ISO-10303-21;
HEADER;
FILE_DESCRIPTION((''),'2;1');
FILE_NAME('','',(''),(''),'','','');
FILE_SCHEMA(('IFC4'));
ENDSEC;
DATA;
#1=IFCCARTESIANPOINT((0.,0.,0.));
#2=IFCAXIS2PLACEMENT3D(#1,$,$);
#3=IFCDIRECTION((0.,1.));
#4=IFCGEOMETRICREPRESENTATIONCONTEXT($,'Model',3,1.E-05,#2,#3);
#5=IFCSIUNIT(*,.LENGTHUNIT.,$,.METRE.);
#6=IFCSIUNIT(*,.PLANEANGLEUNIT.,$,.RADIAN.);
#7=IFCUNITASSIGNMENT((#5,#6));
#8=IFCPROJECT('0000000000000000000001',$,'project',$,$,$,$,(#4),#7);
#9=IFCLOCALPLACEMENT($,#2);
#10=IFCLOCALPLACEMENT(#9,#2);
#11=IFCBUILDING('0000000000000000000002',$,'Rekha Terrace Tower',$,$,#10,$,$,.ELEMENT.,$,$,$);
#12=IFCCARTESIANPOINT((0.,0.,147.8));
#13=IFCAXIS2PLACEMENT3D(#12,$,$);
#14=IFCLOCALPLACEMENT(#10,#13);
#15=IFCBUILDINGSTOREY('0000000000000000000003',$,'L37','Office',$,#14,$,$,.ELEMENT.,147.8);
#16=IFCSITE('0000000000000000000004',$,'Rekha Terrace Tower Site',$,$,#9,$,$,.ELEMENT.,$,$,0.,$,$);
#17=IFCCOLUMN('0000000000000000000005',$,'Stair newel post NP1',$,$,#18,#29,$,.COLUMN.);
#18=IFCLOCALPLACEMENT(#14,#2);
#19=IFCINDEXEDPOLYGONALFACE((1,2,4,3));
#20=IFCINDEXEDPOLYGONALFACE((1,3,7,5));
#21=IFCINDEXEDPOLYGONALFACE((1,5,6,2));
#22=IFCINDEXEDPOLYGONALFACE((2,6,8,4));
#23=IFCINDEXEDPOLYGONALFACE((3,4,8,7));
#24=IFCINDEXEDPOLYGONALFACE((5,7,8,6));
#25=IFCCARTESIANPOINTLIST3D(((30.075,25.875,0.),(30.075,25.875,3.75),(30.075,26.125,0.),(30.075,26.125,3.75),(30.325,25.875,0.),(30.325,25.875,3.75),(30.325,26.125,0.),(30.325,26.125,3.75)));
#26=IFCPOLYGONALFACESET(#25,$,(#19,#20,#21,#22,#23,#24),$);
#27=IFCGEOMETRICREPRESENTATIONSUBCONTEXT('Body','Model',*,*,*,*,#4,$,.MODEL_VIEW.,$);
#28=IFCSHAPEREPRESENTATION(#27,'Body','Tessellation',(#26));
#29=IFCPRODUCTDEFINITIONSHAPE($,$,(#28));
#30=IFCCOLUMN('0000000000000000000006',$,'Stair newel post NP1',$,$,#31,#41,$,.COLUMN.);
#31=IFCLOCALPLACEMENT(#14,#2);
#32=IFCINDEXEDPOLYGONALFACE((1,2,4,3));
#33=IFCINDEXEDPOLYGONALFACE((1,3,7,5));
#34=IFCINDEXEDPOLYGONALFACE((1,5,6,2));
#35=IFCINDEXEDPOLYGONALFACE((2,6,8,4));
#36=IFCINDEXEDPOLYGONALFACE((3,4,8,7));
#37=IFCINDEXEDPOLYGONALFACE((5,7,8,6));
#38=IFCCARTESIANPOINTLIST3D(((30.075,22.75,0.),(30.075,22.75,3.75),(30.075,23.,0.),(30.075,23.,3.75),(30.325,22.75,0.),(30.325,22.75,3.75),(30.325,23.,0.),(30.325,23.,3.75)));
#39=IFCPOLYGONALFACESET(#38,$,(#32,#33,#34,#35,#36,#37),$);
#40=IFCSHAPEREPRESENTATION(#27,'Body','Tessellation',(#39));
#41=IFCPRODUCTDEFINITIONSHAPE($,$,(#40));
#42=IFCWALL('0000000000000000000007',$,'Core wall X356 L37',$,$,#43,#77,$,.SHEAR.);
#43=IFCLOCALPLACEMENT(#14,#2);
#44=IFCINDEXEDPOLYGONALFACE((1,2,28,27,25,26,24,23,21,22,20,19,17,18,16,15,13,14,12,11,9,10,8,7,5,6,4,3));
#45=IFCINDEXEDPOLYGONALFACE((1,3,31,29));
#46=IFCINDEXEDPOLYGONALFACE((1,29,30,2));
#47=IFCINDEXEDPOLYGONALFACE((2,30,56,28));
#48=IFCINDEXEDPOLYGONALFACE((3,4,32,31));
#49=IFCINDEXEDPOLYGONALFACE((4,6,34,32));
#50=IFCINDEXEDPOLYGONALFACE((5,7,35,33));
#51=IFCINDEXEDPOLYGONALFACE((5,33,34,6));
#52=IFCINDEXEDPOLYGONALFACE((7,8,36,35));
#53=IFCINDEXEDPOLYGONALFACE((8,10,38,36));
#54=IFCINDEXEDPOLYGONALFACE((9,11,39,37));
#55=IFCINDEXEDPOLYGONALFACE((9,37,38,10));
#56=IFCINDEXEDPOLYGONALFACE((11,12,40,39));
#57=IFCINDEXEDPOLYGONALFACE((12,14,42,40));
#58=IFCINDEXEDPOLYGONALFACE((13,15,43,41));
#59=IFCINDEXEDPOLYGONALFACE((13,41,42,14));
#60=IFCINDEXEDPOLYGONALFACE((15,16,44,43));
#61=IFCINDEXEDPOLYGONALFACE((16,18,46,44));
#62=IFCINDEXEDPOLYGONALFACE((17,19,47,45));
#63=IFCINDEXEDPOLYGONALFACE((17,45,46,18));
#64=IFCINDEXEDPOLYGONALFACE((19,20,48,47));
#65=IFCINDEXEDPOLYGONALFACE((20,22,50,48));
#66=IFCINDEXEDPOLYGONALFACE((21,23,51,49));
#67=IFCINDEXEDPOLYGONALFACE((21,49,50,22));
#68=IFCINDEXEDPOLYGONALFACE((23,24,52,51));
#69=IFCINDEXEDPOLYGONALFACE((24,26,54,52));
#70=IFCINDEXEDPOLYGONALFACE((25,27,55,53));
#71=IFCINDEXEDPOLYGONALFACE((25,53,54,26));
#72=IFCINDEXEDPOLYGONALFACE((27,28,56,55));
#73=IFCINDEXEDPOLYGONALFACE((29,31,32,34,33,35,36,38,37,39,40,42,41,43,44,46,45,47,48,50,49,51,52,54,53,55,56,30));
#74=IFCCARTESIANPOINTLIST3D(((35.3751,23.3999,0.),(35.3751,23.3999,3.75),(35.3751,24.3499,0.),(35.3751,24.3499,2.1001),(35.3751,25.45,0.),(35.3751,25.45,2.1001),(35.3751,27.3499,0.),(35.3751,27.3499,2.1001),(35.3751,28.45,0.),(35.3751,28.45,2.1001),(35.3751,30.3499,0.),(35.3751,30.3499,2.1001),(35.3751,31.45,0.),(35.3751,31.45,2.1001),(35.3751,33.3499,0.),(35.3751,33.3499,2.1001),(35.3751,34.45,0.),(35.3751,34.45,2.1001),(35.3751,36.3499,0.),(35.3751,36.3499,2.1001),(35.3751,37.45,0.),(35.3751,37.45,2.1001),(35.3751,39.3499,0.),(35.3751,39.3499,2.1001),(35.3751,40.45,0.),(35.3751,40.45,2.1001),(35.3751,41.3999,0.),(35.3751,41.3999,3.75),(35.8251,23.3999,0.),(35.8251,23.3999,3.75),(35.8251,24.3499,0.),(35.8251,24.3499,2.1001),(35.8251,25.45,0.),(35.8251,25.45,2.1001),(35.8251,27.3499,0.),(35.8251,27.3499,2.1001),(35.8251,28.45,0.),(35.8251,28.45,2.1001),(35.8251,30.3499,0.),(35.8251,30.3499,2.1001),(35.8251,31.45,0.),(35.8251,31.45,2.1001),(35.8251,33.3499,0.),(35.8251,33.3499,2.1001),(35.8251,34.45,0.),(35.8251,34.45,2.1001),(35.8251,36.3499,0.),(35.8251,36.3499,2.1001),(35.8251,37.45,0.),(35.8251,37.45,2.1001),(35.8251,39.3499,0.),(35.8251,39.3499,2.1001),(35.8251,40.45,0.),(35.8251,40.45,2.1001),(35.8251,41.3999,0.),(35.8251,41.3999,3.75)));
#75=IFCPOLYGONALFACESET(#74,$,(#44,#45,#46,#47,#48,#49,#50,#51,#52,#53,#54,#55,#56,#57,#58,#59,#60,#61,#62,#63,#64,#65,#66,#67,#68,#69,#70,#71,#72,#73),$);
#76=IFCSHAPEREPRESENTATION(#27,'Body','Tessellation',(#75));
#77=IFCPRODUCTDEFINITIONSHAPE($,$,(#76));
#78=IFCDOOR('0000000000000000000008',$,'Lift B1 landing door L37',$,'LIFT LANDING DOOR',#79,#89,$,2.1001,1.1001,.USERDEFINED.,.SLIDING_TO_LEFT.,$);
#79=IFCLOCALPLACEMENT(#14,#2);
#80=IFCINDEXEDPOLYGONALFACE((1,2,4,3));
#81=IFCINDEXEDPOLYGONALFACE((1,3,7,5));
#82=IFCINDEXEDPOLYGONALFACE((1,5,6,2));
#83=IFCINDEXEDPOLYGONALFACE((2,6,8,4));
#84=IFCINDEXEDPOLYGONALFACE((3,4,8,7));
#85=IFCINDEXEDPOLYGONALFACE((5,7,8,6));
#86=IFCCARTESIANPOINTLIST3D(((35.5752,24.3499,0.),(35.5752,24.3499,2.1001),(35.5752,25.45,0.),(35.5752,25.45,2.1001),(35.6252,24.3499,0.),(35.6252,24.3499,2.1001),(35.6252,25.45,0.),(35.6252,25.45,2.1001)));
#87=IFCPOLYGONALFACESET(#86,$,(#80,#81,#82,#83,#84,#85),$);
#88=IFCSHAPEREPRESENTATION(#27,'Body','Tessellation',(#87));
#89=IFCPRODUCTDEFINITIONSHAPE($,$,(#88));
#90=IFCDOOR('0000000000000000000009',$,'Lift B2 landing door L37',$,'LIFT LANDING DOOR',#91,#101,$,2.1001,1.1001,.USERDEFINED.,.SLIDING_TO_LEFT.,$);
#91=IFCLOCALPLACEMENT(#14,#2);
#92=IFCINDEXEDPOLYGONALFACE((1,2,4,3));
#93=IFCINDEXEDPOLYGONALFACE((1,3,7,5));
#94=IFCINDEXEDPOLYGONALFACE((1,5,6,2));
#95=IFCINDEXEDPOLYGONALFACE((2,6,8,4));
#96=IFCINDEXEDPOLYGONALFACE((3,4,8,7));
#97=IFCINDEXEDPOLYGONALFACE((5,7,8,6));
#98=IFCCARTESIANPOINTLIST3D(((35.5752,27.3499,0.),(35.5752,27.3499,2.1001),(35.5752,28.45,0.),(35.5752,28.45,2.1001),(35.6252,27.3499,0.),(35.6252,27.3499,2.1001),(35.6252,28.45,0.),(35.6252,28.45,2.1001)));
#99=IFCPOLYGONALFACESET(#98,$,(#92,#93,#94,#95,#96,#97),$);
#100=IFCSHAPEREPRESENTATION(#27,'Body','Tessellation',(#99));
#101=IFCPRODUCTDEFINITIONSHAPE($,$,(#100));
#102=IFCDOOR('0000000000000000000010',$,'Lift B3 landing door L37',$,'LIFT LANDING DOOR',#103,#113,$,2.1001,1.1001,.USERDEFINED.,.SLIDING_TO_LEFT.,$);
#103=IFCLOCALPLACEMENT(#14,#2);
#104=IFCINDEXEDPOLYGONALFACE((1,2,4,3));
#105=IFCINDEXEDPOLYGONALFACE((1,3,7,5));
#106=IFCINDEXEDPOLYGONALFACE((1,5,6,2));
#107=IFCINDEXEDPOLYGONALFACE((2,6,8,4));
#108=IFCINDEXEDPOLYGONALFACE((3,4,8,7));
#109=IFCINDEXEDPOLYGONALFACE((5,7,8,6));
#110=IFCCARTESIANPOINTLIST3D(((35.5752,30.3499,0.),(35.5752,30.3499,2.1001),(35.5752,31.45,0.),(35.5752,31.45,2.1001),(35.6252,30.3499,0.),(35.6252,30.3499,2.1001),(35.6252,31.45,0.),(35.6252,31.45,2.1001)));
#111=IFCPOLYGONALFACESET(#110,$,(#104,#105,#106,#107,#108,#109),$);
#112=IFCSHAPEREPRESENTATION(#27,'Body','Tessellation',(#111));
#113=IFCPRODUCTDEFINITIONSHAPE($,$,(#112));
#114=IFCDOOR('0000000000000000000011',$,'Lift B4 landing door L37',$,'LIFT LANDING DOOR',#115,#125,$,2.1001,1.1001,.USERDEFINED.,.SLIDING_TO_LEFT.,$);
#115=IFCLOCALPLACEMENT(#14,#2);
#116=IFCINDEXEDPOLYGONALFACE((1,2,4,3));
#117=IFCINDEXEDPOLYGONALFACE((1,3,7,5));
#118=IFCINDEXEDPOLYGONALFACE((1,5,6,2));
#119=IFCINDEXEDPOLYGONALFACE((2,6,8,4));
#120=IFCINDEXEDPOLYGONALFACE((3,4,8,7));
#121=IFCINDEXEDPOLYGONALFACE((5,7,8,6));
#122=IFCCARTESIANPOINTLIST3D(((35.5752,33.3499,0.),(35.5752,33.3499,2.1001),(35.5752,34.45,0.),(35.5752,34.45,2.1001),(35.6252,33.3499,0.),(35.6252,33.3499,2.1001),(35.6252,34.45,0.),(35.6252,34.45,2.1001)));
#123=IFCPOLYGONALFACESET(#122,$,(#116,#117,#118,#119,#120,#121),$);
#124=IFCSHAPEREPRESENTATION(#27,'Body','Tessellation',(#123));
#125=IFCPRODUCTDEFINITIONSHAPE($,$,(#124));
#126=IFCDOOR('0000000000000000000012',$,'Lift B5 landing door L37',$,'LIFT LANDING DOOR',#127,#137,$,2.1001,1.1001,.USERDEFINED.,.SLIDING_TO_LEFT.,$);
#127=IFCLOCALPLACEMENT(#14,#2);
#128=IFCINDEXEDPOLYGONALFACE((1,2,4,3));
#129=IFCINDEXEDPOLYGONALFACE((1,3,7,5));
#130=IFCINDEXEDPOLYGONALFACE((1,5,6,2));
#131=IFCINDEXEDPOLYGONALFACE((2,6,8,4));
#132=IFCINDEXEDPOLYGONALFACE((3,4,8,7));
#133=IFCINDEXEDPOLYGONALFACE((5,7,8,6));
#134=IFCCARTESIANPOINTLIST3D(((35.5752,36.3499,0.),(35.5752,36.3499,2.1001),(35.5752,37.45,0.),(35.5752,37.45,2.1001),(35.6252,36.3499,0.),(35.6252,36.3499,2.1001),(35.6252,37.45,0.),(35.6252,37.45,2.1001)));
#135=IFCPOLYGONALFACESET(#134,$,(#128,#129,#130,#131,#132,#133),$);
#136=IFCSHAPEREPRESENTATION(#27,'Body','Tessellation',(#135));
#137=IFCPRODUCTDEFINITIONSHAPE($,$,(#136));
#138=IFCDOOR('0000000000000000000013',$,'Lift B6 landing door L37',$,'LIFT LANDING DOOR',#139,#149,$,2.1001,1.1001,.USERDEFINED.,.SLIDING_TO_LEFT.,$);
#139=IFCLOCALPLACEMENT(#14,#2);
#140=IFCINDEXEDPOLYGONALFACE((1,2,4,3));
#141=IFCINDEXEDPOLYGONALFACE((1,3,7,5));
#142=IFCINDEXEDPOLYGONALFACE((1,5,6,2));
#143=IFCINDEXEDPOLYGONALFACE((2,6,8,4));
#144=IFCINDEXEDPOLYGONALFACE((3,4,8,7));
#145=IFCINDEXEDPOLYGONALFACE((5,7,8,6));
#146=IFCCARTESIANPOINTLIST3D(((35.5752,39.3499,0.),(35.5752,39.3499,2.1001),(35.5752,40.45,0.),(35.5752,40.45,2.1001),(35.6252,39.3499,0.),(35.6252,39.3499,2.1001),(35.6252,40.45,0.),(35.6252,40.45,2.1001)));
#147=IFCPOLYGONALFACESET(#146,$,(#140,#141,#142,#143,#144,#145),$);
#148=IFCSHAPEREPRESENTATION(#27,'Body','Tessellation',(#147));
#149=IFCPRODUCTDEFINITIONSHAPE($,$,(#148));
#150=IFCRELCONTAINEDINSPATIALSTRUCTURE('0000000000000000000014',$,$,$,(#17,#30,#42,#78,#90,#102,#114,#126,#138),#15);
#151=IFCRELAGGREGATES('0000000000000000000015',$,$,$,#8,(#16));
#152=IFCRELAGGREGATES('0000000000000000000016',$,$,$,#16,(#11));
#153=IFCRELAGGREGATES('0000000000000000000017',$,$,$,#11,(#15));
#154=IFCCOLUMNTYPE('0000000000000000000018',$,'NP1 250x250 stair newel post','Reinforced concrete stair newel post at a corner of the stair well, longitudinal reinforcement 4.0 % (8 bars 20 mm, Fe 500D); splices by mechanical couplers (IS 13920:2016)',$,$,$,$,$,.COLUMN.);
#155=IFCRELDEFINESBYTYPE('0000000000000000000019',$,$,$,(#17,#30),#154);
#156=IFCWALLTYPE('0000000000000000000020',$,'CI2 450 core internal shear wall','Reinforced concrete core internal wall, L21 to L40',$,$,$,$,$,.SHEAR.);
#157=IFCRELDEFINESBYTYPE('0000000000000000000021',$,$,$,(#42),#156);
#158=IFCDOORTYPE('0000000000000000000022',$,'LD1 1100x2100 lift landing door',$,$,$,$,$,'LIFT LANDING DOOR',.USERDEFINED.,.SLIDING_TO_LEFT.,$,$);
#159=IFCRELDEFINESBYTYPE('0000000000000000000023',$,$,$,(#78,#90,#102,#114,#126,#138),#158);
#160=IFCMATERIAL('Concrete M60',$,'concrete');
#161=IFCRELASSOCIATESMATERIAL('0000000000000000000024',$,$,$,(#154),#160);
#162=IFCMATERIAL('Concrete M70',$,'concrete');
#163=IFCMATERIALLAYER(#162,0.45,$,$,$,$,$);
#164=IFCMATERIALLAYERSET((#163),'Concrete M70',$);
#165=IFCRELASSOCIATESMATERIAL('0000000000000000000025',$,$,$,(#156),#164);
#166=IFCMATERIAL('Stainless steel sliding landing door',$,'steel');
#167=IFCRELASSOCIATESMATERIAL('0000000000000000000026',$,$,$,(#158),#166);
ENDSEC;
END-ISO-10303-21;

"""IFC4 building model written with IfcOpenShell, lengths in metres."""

from ifc_helpers import new_model, si_unit, direction, frame, frame_2d, origin, origin_2d, place, context, subcontext, project, spatial, rectangle, extrude, material, layer, layer_set, material_profile, profile_set, type_object, element, fill, save


model = new_model("IFC4")

# Units and contexts
model_context = context("Model", 3, precision=1e-05, world=origin(), true_north=direction((0.0, 1.0)))
body_context = subcontext(model_context, "Body", "Model", "MODEL_VIEW")
ifc_project = project(units=[si_unit("LENGTHUNIT", "METRE"), si_unit("PLANEANGLEUNIT", "RADIAN")], contexts=[model_context])

# Site, building, storey
site_placement = place(None, origin())
site = spatial("IfcSite", under=ifc_project, at=site_placement, Name="Rekha Terrace Tower Site", CompositionType="ELEMENT", RefElevation=0.0)
building_placement = place(site_placement, origin())
building = spatial("IfcBuilding", under=site, at=building_placement, Name="Rekha Terrace Tower", CompositionType="ELEMENT")
storey_placement = place(building_placement, frame((0.0, 0.0, 147.8)))
storey = spatial("IfcBuildingStorey", under=building, at=storey_placement, Name="L37", Description="Office", CompositionType="ELEMENT", Elevation=147.8)

# Columns
ifc_material_1 = material(Name="Concrete M60", Category="concrete")
ifc_material_profile = material_profile(ifc_material_1, rectangle(XDim=0.25, YDim=0.25, at=origin_2d()), Name="RC 250x250")
ifc_profile_set = profile_set([ifc_material_profile], Name="Concrete M60")
column_type = type_object("IfcColumnType", Name="NP1 250x250 stair newel post", Description="Reinforced concrete stair newel post at a corner of the stair well, longitudinal reinforcement 4.0 % (8 bars 20 mm, Fe 500D); splices by mechanical couplers (IS 13920:2016)", PredefinedType="COLUMN", material=ifc_profile_set)
for number, where, z_axis, x_axis, name in (
    (1, (30.2, 26.0, 0.0), (0.0, 0.0, 1.0), (1.0, 0.0, 0.0), "Stair newel post NP1"),
    (2, (30.2, 22.875, 0.0), (0.0, 0.0, 1.0), (1.0, 0.0, 0.0), "Stair newel post NP1"),
):
    element("IfcColumn", number, at=place(storey_placement, frame(where, z_axis=z_axis, x_axis=x_axis)), inside=storey, type_object=column_type, Name=name, PredefinedType="COLUMN", context=body_context, shape_type="SweptSolid", body=[
        extrude(rectangle(XDim=0.25, YDim=0.25, at=origin_2d()), origin(), (0.0, 0.0, 1.0), 3.75),
    ])

# Wall, openings, doors
ifc_material_2 = material(Name="Concrete M70", Category="concrete")
ifc_layer_1 = layer(ifc_material_2, 0.45)
ifc_layer_set_1 = layer_set([ifc_layer_1], Name="Concrete M70")
wall_type_1 = type_object("IfcWallType", Name="CI2 450 core internal shear wall", Description="Reinforced concrete core internal wall, L21 to L40", PredefinedType="SHEAR", material=ifc_layer_set_1)
wall_1_placement = place(storey_placement, frame((35.6001, 23.3999, 0.0), z_axis=(0.0, 0.0, 1.0), x_axis=(0.0, 1.0, 0.0)))
wall_1 = element("IfcWall", 3, at=wall_1_placement, inside=storey, type_object=wall_type_1, Name="Core wall X356 L37", PredefinedType="SHEAR", context=body_context, shape_type="SweptSolid", body=[
    extrude(rectangle(XDim=18.0, YDim=0.45, at=frame_2d((9.0, 0.0))), origin(), (0.0, 0.0, 1.0), 3.75),
])
opening_1_placement = place(wall_1_placement, frame((0.95, 0.0, 0.0)))
opening_1 = element("IfcOpeningElement", 4, at=opening_1_placement, cuts=wall_1, PredefinedType="OPENING", context=body_context, shape_type="SweptSolid", body=[
    extrude(rectangle(XDim=1.1001, YDim=2.1001, at=frame_2d((0.55, 1.05))), frame((0.0, 0.2349, 0.0), z_axis=(0.0, -1.0, 0.0), x_axis=(1.0, 0.0, 0.0)), (0.0, 0.0, 1.0), 0.47),
])
opening_2_placement = place(wall_1_placement, frame((3.95, 0.0, 0.0)))
opening_2 = element("IfcOpeningElement", 5, at=opening_2_placement, cuts=wall_1, PredefinedType="OPENING", context=body_context, shape_type="SweptSolid", body=[
    extrude(rectangle(XDim=1.1001, YDim=2.1001, at=frame_2d((0.55, 1.05))), frame((0.0, 0.2349, 0.0), z_axis=(0.0, -1.0, 0.0), x_axis=(1.0, 0.0, 0.0)), (0.0, 0.0, 1.0), 0.47),
])
opening_3_placement = place(wall_1_placement, frame((6.95, 0.0, 0.0)))
opening_3 = element("IfcOpeningElement", 6, at=opening_3_placement, cuts=wall_1, PredefinedType="OPENING", context=body_context, shape_type="SweptSolid", body=[
    extrude(rectangle(XDim=1.1001, YDim=2.1001, at=frame_2d((0.55, 1.05))), frame((0.0, 0.2349, 0.0), z_axis=(0.0, -1.0, 0.0), x_axis=(1.0, 0.0, 0.0)), (0.0, 0.0, 1.0), 0.47),
])
opening_4_placement = place(wall_1_placement, frame((9.95, 0.0, 0.0)))
opening_4 = element("IfcOpeningElement", 7, at=opening_4_placement, cuts=wall_1, PredefinedType="OPENING", context=body_context, shape_type="SweptSolid", body=[
    extrude(rectangle(XDim=1.1001, YDim=2.1001, at=frame_2d((0.55, 1.05))), frame((0.0, 0.2349, 0.0), z_axis=(0.0, -1.0, 0.0), x_axis=(1.0, 0.0, 0.0)), (0.0, 0.0, 1.0), 0.47),
])
opening_5_placement = place(wall_1_placement, frame((12.95, 0.0, 0.0)))
opening_5 = element("IfcOpeningElement", 8, at=opening_5_placement, cuts=wall_1, PredefinedType="OPENING", context=body_context, shape_type="SweptSolid", body=[
    extrude(rectangle(XDim=1.1001, YDim=2.1001, at=frame_2d((0.55, 1.05))), frame((0.0, 0.2349, 0.0), z_axis=(0.0, -1.0, 0.0), x_axis=(1.0, 0.0, 0.0)), (0.0, 0.0, 1.0), 0.47),
])
opening_6_placement = place(wall_1_placement, frame((15.95, 0.0, 0.0)))
opening_6 = element("IfcOpeningElement", 9, at=opening_6_placement, cuts=wall_1, PredefinedType="OPENING", context=body_context, shape_type="SweptSolid", body=[
    extrude(rectangle(XDim=1.1001, YDim=2.1001, at=frame_2d((0.55, 1.05))), frame((0.0, 0.2349, 0.0), z_axis=(0.0, -1.0, 0.0), x_axis=(1.0, 0.0, 0.0)), (0.0, 0.0, 1.0), 0.47),
])
ifc_material_3 = material(Name="Stainless steel sliding landing door", Category="steel")
door_type_1 = type_object("IfcDoorType", Name="LD1 1100x2100 lift landing door", ElementType="LIFT LANDING DOOR", OperationType="SLIDING_TO_LEFT", PredefinedType="USERDEFINED", material=ifc_material_3)
door_1_placement = place(opening_1_placement, origin())
door_1 = element("IfcDoor", 10, at=door_1_placement, inside=storey, type_object=door_type_1, Name="Lift B1 landing door L37", ObjectType="LIFT LANDING DOOR", OperationType="SLIDING_TO_LEFT", OverallHeight=2.1001, OverallWidth=1.1001, PredefinedType="USERDEFINED", context=body_context, shape_type="SweptSolid", body=[
    extrude(rectangle(XDim=1.1001, YDim=2.1001, at=frame_2d((0.55, 1.05))), frame((0.0, 0.0249, 0.0), z_axis=(0.0, -1.0, 0.0), x_axis=(1.0, 0.0, 0.0)), (0.0, 0.0, 1.0), 0.05),
])
fill(opening_1, door_1)
door_2_placement = place(opening_2_placement, origin())
door_2 = element("IfcDoor", 11, at=door_2_placement, inside=storey, type_object=door_type_1, Name="Lift B2 landing door L37", ObjectType="LIFT LANDING DOOR", OperationType="SLIDING_TO_LEFT", OverallHeight=2.1001, OverallWidth=1.1001, PredefinedType="USERDEFINED", context=body_context, shape_type="SweptSolid", body=[
    extrude(rectangle(XDim=1.1001, YDim=2.1001, at=frame_2d((0.55, 1.05))), frame((0.0, 0.0249, 0.0), z_axis=(0.0, -1.0, 0.0), x_axis=(1.0, 0.0, 0.0)), (0.0, 0.0, 1.0), 0.05),
])
fill(opening_2, door_2)
door_3_placement = place(opening_3_placement, origin())
door_3 = element("IfcDoor", 12, at=door_3_placement, inside=storey, type_object=door_type_1, Name="Lift B3 landing door L37", ObjectType="LIFT LANDING DOOR", OperationType="SLIDING_TO_LEFT", OverallHeight=2.1001, OverallWidth=1.1001, PredefinedType="USERDEFINED", context=body_context, shape_type="SweptSolid", body=[
    extrude(rectangle(XDim=1.1001, YDim=2.1001, at=frame_2d((0.55, 1.05))), frame((0.0, 0.0249, 0.0), z_axis=(0.0, -1.0, 0.0), x_axis=(1.0, 0.0, 0.0)), (0.0, 0.0, 1.0), 0.05),
])
fill(opening_3, door_3)
door_4_placement = place(opening_4_placement, origin())
door_4 = element("IfcDoor", 13, at=door_4_placement, inside=storey, type_object=door_type_1, Name="Lift B4 landing door L37", ObjectType="LIFT LANDING DOOR", OperationType="SLIDING_TO_LEFT", OverallHeight=2.1001, OverallWidth=1.1001, PredefinedType="USERDEFINED", context=body_context, shape_type="SweptSolid", body=[
    extrude(rectangle(XDim=1.1001, YDim=2.1001, at=frame_2d((0.55, 1.05))), frame((0.0, 0.0249, 0.0), z_axis=(0.0, -1.0, 0.0), x_axis=(1.0, 0.0, 0.0)), (0.0, 0.0, 1.0), 0.05),
])
fill(opening_4, door_4)
door_5_placement = place(opening_5_placement, origin())
door_5 = element("IfcDoor", 14, at=door_5_placement, inside=storey, type_object=door_type_1, Name="Lift B5 landing door L37", ObjectType="LIFT LANDING DOOR", OperationType="SLIDING_TO_LEFT", OverallHeight=2.1001, OverallWidth=1.1001, PredefinedType="USERDEFINED", context=body_context, shape_type="SweptSolid", body=[
    extrude(rectangle(XDim=1.1001, YDim=2.1001, at=frame_2d((0.55, 1.05))), frame((0.0, 0.0249, 0.0), z_axis=(0.0, -1.0, 0.0), x_axis=(1.0, 0.0, 0.0)), (0.0, 0.0, 1.0), 0.05),
])
fill(opening_5, door_5)
door_6_placement = place(opening_6_placement, origin())
door_6 = element("IfcDoor", 15, at=door_6_placement, inside=storey, type_object=door_type_1, Name="Lift B6 landing door L37", ObjectType="LIFT LANDING DOOR", OperationType="SLIDING_TO_LEFT", OverallHeight=2.1001, OverallWidth=1.1001, PredefinedType="USERDEFINED", context=body_context, shape_type="SweptSolid", body=[
    extrude(rectangle(XDim=1.1001, YDim=2.1001, at=frame_2d((0.55, 1.05))), frame((0.0, 0.0249, 0.0), z_axis=(0.0, -1.0, 0.0), x_axis=(1.0, 0.0, 0.0)), (0.0, 0.0, 1.0), 0.05),
])
fill(opening_6, door_6)

save(model, "model.ifc")
